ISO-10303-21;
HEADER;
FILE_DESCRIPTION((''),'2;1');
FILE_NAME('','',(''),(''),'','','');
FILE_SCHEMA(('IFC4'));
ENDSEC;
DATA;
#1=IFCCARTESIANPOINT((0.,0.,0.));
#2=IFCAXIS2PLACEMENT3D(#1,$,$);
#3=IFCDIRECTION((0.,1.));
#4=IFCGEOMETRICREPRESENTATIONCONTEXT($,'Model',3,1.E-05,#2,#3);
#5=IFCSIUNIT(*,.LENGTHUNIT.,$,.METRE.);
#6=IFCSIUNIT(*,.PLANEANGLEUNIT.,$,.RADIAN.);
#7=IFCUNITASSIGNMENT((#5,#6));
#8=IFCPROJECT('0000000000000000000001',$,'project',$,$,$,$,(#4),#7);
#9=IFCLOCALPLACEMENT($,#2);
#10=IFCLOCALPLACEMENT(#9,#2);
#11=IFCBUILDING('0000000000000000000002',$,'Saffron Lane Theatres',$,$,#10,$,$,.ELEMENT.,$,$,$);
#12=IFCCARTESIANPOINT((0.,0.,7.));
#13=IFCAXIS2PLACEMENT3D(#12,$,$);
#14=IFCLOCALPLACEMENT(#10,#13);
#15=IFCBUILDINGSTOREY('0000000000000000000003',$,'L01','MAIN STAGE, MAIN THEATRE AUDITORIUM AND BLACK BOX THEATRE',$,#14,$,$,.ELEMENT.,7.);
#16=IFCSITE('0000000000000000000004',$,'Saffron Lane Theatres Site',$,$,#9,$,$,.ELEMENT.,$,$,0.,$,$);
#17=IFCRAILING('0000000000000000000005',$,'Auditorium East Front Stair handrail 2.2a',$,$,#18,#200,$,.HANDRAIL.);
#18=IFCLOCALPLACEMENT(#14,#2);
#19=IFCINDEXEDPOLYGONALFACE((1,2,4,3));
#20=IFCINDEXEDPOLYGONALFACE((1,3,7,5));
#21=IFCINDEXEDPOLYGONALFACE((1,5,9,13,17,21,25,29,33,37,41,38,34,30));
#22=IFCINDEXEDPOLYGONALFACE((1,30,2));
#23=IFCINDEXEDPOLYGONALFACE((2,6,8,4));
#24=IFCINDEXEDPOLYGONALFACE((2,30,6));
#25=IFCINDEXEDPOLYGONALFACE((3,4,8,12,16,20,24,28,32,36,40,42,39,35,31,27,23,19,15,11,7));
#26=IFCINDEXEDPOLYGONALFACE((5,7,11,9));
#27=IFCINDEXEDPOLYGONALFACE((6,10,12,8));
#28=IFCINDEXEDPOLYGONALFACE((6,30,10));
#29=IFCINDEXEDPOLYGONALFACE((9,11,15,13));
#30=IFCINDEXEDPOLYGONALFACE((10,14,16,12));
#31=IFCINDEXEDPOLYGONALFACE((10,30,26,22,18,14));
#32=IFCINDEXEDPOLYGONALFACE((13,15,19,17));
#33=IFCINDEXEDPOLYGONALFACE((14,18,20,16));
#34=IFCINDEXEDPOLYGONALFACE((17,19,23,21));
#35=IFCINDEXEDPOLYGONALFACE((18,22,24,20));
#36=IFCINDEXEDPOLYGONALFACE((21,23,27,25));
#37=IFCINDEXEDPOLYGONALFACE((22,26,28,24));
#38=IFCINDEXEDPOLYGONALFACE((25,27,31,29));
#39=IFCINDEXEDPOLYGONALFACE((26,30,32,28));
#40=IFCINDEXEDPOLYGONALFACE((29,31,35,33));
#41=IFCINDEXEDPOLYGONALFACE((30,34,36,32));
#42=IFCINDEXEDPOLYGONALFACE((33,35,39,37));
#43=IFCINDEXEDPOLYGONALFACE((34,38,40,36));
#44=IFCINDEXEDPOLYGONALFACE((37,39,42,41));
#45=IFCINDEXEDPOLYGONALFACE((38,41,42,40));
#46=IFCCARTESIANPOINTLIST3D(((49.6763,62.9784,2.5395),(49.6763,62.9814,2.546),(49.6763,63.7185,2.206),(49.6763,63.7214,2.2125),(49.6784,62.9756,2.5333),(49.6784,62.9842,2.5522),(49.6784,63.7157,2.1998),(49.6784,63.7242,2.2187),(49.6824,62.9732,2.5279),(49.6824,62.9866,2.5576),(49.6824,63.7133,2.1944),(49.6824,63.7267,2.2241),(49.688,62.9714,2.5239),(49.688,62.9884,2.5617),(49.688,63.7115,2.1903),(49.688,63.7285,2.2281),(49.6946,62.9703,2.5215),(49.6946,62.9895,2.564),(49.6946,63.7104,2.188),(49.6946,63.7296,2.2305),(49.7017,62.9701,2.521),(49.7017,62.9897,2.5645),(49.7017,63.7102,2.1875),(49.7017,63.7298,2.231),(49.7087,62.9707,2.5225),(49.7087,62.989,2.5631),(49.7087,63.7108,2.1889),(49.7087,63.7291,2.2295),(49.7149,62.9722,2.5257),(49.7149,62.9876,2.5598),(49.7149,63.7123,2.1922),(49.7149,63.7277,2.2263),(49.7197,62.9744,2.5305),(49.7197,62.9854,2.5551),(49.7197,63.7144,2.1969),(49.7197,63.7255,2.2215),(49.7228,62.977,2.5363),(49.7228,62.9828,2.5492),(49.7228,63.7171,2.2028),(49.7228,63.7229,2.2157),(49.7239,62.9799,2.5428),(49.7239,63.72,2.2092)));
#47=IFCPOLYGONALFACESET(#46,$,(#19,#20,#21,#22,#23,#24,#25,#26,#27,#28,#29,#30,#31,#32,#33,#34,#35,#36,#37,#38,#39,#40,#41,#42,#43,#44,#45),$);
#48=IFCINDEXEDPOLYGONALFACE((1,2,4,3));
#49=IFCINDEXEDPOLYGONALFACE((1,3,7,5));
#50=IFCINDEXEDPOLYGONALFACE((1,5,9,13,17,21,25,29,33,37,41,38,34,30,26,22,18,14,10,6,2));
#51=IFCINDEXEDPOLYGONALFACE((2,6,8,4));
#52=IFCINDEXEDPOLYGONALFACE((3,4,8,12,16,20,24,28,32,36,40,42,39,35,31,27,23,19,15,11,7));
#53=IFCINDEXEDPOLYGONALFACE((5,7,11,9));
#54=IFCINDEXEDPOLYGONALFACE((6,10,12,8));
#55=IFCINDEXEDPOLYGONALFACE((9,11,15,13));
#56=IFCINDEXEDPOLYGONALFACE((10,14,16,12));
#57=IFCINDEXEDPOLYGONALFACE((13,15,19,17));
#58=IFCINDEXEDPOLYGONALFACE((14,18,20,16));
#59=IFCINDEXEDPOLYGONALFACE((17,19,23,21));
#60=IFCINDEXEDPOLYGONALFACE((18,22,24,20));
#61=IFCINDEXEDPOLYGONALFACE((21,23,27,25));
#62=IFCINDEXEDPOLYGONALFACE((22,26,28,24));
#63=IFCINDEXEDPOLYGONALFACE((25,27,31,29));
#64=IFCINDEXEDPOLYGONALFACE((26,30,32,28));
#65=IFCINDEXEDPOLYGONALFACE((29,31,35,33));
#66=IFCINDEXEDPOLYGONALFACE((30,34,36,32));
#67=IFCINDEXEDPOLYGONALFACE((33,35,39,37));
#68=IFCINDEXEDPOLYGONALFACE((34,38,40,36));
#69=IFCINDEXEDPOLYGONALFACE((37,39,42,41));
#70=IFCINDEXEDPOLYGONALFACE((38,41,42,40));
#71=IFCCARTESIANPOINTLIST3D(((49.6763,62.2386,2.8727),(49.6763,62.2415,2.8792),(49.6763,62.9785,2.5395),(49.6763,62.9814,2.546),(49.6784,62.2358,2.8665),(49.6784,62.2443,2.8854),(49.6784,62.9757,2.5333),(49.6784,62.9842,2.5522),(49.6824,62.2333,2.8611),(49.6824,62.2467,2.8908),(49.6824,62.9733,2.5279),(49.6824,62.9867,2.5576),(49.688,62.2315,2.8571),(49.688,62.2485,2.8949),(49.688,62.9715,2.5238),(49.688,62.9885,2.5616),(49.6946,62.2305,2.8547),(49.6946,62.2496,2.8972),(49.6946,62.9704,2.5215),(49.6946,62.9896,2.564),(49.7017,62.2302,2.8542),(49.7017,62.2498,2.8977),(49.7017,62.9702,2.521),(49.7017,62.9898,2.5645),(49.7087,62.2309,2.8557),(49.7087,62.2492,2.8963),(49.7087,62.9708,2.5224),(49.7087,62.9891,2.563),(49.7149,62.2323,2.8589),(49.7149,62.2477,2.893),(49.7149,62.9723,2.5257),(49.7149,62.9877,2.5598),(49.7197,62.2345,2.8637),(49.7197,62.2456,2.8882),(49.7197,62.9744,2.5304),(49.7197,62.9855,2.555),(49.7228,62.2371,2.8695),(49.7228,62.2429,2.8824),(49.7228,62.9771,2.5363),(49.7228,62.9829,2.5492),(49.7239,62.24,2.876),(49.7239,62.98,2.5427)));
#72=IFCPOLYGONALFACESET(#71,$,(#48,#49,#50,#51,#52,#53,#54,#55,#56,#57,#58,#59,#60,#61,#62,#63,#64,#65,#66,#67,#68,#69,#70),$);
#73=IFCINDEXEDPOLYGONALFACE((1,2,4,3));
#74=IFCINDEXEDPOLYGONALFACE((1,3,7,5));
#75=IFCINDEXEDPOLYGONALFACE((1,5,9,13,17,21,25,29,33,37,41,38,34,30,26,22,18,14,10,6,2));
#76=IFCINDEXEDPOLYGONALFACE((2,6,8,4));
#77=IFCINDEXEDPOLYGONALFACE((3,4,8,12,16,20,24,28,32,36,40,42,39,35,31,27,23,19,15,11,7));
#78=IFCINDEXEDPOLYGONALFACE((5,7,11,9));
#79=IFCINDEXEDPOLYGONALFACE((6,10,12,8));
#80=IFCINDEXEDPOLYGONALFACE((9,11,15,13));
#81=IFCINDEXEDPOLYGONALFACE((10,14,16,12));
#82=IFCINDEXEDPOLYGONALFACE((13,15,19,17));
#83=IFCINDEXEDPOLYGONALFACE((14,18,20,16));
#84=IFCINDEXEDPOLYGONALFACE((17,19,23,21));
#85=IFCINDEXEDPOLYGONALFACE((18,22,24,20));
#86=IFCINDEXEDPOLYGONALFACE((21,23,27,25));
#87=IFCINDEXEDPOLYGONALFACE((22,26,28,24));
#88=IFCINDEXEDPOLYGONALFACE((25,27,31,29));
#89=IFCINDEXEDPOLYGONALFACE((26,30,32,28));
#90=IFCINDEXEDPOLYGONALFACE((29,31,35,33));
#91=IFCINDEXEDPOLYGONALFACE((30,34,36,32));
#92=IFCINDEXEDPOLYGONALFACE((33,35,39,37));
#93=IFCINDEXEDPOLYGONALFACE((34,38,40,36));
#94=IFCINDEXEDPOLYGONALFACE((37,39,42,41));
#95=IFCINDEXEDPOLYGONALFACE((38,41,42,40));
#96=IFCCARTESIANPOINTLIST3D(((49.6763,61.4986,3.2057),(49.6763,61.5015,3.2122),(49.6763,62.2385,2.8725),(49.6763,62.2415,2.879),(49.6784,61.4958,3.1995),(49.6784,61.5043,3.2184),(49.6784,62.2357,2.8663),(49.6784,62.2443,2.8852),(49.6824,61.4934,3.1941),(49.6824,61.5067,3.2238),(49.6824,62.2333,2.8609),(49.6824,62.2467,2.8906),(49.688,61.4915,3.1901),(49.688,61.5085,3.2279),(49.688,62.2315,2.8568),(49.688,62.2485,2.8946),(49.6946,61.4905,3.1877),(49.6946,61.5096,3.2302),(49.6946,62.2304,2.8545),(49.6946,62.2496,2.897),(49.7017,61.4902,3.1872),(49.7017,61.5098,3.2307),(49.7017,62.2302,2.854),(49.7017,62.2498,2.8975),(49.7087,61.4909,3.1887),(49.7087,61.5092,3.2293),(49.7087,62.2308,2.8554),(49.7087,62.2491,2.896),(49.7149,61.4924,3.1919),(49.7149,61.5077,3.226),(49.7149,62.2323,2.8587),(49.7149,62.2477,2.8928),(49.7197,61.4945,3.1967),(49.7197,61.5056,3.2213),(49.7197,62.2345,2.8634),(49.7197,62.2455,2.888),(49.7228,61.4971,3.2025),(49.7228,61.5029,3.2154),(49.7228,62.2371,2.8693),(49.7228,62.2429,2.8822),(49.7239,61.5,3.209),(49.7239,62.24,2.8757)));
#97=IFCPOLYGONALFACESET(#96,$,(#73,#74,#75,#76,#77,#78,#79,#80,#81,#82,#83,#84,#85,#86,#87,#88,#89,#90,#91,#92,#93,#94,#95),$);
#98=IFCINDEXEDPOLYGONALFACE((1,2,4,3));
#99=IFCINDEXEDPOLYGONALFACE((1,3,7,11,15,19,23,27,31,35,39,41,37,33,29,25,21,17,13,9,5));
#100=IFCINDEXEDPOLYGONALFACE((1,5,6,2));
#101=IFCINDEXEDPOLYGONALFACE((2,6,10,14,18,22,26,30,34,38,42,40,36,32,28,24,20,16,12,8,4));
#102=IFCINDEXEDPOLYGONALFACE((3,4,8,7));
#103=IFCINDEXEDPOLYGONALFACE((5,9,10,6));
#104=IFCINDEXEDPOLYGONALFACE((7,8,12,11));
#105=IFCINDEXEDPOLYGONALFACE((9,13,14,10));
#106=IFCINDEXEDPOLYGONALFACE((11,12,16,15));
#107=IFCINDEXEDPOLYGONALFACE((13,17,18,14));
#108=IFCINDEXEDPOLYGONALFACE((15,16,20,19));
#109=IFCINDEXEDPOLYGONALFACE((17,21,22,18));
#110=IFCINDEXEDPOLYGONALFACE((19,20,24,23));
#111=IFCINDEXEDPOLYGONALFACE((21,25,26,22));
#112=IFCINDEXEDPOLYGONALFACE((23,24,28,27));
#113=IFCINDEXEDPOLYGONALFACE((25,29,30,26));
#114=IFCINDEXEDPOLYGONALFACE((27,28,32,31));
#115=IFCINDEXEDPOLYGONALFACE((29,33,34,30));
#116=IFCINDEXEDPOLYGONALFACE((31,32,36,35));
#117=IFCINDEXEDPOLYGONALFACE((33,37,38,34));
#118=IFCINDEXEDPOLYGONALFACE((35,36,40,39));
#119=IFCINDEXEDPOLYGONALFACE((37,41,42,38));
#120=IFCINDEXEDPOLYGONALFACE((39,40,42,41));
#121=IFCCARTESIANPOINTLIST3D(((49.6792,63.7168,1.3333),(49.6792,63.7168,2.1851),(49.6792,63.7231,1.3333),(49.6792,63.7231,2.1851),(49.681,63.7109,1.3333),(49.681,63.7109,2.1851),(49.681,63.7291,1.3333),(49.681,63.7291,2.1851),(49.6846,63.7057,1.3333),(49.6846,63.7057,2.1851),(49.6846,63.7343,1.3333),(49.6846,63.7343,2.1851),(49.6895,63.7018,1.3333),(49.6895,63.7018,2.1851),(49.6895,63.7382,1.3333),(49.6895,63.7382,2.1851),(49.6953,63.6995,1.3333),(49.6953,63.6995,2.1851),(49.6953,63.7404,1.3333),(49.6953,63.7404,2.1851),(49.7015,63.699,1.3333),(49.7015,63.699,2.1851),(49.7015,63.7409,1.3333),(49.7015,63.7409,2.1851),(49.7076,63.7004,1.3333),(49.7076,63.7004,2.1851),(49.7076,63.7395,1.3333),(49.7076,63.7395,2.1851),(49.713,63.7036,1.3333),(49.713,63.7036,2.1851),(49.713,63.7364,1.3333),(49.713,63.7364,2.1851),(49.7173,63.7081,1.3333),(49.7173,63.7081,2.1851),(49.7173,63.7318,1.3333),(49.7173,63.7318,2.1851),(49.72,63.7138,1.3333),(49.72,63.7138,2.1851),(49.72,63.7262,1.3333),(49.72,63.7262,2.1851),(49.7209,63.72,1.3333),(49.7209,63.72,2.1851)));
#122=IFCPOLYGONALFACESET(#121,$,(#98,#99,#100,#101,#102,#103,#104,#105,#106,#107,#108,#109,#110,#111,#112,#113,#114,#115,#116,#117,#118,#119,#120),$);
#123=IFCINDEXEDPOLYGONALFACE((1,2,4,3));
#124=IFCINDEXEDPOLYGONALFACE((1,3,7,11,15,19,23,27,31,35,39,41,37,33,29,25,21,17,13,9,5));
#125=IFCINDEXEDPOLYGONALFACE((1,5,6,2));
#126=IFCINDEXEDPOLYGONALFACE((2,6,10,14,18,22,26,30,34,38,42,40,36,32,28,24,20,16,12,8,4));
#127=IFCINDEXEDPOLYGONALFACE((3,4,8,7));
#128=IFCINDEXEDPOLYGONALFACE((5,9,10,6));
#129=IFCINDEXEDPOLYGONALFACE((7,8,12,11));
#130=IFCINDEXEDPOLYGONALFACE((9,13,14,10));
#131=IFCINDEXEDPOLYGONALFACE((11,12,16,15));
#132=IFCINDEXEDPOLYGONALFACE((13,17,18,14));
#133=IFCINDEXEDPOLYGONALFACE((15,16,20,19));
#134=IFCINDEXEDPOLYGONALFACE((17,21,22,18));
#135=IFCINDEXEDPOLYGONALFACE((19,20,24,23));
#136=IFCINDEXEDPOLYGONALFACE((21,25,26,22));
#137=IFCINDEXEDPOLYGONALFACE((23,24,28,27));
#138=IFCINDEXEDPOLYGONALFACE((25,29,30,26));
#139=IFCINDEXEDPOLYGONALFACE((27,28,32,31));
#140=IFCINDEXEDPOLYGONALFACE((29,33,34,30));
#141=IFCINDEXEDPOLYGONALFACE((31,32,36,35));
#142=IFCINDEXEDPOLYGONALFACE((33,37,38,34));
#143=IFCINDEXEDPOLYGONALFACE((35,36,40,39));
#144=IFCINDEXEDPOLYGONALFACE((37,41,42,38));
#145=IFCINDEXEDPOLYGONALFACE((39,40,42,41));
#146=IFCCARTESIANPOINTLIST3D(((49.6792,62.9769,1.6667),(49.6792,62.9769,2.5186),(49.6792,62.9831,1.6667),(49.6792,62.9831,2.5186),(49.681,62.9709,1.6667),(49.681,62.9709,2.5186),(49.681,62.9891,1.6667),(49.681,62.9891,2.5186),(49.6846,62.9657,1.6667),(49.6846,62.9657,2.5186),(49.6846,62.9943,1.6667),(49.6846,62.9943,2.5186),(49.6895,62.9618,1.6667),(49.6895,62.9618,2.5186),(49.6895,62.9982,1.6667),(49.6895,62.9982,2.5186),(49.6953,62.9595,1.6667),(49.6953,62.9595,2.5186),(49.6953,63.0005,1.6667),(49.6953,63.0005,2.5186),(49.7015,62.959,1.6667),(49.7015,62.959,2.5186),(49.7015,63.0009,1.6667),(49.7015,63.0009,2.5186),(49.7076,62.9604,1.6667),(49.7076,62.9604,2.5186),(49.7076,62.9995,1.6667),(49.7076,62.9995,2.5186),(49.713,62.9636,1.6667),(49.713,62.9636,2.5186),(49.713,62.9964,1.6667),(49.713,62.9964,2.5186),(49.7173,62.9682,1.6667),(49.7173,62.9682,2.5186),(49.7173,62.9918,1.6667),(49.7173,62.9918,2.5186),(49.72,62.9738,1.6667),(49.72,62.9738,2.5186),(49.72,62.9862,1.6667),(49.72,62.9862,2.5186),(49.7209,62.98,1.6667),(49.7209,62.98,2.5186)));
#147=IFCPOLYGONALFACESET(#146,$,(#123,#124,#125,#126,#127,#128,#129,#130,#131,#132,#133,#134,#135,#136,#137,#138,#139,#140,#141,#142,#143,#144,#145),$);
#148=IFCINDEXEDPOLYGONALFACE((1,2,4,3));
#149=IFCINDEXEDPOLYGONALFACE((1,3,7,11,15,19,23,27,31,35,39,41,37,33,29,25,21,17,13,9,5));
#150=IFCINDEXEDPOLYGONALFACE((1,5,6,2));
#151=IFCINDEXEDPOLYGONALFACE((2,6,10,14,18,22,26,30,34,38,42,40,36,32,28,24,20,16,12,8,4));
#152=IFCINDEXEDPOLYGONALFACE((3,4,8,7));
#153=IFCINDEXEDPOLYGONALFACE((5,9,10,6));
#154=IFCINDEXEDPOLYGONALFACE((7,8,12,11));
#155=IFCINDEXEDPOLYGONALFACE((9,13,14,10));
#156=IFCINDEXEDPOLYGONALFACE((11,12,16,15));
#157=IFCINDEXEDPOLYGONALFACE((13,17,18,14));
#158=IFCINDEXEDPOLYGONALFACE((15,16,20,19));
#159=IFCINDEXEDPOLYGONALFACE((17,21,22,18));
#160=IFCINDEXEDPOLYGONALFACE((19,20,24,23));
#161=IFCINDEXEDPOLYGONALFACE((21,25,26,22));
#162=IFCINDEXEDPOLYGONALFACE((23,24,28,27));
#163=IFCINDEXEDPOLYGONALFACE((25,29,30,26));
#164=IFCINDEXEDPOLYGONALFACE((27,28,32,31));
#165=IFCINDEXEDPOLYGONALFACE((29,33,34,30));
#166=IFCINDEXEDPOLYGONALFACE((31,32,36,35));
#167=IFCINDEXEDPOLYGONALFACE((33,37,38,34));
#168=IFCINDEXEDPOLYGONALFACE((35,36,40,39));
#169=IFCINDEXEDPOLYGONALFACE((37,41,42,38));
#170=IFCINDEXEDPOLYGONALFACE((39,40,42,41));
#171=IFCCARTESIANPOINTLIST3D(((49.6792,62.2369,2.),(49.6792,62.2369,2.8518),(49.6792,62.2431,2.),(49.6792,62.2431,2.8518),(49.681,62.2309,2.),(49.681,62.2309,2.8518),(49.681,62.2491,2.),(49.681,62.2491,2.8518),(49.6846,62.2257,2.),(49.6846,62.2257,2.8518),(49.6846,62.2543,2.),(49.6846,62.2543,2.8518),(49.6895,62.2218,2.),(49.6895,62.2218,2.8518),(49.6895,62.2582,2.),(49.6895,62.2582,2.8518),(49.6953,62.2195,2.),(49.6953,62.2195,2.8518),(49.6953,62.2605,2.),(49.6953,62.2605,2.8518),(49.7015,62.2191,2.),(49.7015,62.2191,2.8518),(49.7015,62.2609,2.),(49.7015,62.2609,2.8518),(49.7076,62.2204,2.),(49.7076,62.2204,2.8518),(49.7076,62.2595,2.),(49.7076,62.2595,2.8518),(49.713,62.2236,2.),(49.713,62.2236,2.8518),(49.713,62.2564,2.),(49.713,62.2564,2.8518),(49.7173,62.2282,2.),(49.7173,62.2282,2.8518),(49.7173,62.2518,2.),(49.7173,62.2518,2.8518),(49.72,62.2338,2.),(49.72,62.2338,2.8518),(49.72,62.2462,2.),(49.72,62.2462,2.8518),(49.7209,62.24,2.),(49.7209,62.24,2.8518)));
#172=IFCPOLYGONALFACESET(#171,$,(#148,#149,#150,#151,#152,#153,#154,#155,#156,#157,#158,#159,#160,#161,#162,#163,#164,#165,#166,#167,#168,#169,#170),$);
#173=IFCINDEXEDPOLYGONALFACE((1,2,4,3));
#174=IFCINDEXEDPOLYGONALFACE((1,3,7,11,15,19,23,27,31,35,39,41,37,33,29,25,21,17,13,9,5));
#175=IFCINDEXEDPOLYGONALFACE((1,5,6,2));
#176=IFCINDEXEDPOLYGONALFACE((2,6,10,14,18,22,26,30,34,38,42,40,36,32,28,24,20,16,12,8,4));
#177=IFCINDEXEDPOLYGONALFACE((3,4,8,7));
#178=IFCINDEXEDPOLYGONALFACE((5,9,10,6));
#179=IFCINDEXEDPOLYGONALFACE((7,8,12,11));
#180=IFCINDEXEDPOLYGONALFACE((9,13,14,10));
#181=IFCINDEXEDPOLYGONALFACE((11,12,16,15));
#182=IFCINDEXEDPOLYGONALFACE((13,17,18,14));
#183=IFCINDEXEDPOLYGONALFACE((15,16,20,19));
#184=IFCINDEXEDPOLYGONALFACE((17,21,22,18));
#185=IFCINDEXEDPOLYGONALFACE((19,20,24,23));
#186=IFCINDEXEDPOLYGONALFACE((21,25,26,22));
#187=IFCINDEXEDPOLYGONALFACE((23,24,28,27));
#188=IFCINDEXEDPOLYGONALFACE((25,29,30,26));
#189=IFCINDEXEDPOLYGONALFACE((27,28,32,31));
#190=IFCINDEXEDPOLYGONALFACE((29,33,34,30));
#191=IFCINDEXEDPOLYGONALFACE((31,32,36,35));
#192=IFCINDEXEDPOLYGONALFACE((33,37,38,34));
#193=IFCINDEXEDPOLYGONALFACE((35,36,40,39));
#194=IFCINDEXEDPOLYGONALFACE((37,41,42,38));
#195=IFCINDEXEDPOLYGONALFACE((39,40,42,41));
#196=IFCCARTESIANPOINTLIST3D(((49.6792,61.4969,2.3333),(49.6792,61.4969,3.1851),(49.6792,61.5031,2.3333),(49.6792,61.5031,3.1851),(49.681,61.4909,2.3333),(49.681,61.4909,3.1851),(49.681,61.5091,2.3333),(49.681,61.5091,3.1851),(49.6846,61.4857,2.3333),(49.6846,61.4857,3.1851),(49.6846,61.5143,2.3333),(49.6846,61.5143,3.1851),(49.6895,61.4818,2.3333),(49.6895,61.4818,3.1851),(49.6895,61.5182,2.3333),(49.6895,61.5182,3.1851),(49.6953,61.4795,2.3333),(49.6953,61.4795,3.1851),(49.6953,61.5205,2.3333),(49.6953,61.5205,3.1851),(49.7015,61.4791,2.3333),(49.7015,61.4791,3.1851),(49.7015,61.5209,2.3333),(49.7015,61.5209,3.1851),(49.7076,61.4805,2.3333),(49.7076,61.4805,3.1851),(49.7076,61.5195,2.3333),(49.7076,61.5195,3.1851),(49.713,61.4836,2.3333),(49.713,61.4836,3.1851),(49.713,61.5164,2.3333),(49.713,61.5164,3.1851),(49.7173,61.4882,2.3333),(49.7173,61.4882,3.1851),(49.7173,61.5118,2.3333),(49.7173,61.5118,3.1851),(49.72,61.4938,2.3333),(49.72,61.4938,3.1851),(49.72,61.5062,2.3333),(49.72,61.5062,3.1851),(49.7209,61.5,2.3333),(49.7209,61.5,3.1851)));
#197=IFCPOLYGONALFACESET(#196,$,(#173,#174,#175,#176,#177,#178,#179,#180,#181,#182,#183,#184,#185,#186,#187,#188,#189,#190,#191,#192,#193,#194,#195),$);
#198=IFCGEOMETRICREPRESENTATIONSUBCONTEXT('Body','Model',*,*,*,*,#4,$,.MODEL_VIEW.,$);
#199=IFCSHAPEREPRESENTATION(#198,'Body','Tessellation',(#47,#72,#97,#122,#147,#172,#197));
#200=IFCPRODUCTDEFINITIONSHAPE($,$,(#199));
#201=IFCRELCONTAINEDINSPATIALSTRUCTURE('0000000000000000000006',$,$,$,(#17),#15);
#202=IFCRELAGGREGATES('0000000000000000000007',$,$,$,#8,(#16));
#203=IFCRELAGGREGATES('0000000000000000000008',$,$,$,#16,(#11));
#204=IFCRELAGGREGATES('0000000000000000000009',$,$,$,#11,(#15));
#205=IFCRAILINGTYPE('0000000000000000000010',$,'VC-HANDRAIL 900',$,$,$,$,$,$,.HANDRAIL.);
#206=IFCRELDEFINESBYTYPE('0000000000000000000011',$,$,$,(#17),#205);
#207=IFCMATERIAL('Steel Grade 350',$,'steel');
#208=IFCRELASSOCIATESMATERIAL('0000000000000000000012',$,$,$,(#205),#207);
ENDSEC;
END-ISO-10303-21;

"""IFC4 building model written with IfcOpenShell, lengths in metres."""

from ifc_helpers import new_model, si_unit, direction, frame, origin, origin_2d, place, context, subcontext, project, spatial, circle, extrude, material, type_object, element, save


model = new_model("IFC4")

# Units and contexts
model_context = context("Model", 3, precision=1e-05, world=origin(), true_north=direction((0.0, 1.0)))
body_context = subcontext(model_context, "Body", "Model", "MODEL_VIEW")
ifc_project = project(units=[si_unit("LENGTHUNIT", "METRE"), si_unit("PLANEANGLEUNIT", "RADIAN")], contexts=[model_context])

# Site, building, storey
site_placement = place(None, origin())
site = spatial("IfcSite", under=ifc_project, at=site_placement, Name="Saffron Lane Theatres Site", CompositionType="ELEMENT", RefElevation=0.0)
building_placement = place(site_placement, origin())
building = spatial("IfcBuilding", under=site, at=building_placement, Name="Saffron Lane Theatres", CompositionType="ELEMENT")
storey_placement = place(building_placement, frame((0.0, 0.0, 7.0)))
storey = spatial("IfcBuildingStorey", under=building, at=storey_placement, Name="L01", Description="MAIN STAGE, MAIN THEATRE AUDITORIUM AND BLACK BOX THEATRE", CompositionType="ELEMENT", Elevation=7.0)

# Railing
ifc_material_1 = material(Name="Steel Grade 350", Category="steel")
railing_type_1 = type_object("IfcRailingType", Name="VC-HANDRAIL 900", PredefinedType="HANDRAIL", material=ifc_material_1)
for number, where, name in (
    (1, (49.7, 63.72, 1.3333), "Auditorium East Front Stair handrail 2.2a"),
):
    element("IfcRailing", number, at=place(storey_placement, frame(where)), inside=storey, type_object=railing_type_1, Name=name, PredefinedType="HANDRAIL", context=body_context, shape_type="SweptSolid", body=[
        extrude(circle(Radius=0.0239, at=origin_2d()), frame((0.0, 0.0, 0.876), z_axis=(0.0, -0.911691, 0.410877), x_axis=(1.0, 0.0, 0.0)), (0.0, 0.0, 1.0), 0.8118),
        extrude(circle(Radius=0.0239, at=origin_2d()), frame((0.0, -0.74, 1.2095), z_axis=(0.0, -0.911803, 0.410627), x_axis=(1.0, 0.0, 0.0)), (0.0, 0.0, 1.0), 0.8115),
        extrude(circle(Radius=0.0239, at=origin_2d()), frame((0.0, -1.48, 1.5425), z_axis=(0.0, -0.911803, 0.410627), x_axis=(1.0, 0.0, 0.0)), (0.0, 0.0, 1.0), 0.8115),
        extrude(circle(Radius=0.021, at=origin_2d()), origin(), (0.0, 0.0, 1.0), 0.8518),
        extrude(circle(Radius=0.021, at=origin_2d()), frame((0.0, -0.74, 0.3335)), (0.0, 0.0, 1.0), 0.8518),
        extrude(circle(Radius=0.021, at=origin_2d()), frame((0.0, -1.48, 0.6667)), (0.0, 0.0, 1.0), 0.8518),
        extrude(circle(Radius=0.021, at=origin_2d()), frame((0.0, -2.22, 1.0)), (0.0, 0.0, 1.0), 0.8518),
    ])

save(model, "model.ifc")
